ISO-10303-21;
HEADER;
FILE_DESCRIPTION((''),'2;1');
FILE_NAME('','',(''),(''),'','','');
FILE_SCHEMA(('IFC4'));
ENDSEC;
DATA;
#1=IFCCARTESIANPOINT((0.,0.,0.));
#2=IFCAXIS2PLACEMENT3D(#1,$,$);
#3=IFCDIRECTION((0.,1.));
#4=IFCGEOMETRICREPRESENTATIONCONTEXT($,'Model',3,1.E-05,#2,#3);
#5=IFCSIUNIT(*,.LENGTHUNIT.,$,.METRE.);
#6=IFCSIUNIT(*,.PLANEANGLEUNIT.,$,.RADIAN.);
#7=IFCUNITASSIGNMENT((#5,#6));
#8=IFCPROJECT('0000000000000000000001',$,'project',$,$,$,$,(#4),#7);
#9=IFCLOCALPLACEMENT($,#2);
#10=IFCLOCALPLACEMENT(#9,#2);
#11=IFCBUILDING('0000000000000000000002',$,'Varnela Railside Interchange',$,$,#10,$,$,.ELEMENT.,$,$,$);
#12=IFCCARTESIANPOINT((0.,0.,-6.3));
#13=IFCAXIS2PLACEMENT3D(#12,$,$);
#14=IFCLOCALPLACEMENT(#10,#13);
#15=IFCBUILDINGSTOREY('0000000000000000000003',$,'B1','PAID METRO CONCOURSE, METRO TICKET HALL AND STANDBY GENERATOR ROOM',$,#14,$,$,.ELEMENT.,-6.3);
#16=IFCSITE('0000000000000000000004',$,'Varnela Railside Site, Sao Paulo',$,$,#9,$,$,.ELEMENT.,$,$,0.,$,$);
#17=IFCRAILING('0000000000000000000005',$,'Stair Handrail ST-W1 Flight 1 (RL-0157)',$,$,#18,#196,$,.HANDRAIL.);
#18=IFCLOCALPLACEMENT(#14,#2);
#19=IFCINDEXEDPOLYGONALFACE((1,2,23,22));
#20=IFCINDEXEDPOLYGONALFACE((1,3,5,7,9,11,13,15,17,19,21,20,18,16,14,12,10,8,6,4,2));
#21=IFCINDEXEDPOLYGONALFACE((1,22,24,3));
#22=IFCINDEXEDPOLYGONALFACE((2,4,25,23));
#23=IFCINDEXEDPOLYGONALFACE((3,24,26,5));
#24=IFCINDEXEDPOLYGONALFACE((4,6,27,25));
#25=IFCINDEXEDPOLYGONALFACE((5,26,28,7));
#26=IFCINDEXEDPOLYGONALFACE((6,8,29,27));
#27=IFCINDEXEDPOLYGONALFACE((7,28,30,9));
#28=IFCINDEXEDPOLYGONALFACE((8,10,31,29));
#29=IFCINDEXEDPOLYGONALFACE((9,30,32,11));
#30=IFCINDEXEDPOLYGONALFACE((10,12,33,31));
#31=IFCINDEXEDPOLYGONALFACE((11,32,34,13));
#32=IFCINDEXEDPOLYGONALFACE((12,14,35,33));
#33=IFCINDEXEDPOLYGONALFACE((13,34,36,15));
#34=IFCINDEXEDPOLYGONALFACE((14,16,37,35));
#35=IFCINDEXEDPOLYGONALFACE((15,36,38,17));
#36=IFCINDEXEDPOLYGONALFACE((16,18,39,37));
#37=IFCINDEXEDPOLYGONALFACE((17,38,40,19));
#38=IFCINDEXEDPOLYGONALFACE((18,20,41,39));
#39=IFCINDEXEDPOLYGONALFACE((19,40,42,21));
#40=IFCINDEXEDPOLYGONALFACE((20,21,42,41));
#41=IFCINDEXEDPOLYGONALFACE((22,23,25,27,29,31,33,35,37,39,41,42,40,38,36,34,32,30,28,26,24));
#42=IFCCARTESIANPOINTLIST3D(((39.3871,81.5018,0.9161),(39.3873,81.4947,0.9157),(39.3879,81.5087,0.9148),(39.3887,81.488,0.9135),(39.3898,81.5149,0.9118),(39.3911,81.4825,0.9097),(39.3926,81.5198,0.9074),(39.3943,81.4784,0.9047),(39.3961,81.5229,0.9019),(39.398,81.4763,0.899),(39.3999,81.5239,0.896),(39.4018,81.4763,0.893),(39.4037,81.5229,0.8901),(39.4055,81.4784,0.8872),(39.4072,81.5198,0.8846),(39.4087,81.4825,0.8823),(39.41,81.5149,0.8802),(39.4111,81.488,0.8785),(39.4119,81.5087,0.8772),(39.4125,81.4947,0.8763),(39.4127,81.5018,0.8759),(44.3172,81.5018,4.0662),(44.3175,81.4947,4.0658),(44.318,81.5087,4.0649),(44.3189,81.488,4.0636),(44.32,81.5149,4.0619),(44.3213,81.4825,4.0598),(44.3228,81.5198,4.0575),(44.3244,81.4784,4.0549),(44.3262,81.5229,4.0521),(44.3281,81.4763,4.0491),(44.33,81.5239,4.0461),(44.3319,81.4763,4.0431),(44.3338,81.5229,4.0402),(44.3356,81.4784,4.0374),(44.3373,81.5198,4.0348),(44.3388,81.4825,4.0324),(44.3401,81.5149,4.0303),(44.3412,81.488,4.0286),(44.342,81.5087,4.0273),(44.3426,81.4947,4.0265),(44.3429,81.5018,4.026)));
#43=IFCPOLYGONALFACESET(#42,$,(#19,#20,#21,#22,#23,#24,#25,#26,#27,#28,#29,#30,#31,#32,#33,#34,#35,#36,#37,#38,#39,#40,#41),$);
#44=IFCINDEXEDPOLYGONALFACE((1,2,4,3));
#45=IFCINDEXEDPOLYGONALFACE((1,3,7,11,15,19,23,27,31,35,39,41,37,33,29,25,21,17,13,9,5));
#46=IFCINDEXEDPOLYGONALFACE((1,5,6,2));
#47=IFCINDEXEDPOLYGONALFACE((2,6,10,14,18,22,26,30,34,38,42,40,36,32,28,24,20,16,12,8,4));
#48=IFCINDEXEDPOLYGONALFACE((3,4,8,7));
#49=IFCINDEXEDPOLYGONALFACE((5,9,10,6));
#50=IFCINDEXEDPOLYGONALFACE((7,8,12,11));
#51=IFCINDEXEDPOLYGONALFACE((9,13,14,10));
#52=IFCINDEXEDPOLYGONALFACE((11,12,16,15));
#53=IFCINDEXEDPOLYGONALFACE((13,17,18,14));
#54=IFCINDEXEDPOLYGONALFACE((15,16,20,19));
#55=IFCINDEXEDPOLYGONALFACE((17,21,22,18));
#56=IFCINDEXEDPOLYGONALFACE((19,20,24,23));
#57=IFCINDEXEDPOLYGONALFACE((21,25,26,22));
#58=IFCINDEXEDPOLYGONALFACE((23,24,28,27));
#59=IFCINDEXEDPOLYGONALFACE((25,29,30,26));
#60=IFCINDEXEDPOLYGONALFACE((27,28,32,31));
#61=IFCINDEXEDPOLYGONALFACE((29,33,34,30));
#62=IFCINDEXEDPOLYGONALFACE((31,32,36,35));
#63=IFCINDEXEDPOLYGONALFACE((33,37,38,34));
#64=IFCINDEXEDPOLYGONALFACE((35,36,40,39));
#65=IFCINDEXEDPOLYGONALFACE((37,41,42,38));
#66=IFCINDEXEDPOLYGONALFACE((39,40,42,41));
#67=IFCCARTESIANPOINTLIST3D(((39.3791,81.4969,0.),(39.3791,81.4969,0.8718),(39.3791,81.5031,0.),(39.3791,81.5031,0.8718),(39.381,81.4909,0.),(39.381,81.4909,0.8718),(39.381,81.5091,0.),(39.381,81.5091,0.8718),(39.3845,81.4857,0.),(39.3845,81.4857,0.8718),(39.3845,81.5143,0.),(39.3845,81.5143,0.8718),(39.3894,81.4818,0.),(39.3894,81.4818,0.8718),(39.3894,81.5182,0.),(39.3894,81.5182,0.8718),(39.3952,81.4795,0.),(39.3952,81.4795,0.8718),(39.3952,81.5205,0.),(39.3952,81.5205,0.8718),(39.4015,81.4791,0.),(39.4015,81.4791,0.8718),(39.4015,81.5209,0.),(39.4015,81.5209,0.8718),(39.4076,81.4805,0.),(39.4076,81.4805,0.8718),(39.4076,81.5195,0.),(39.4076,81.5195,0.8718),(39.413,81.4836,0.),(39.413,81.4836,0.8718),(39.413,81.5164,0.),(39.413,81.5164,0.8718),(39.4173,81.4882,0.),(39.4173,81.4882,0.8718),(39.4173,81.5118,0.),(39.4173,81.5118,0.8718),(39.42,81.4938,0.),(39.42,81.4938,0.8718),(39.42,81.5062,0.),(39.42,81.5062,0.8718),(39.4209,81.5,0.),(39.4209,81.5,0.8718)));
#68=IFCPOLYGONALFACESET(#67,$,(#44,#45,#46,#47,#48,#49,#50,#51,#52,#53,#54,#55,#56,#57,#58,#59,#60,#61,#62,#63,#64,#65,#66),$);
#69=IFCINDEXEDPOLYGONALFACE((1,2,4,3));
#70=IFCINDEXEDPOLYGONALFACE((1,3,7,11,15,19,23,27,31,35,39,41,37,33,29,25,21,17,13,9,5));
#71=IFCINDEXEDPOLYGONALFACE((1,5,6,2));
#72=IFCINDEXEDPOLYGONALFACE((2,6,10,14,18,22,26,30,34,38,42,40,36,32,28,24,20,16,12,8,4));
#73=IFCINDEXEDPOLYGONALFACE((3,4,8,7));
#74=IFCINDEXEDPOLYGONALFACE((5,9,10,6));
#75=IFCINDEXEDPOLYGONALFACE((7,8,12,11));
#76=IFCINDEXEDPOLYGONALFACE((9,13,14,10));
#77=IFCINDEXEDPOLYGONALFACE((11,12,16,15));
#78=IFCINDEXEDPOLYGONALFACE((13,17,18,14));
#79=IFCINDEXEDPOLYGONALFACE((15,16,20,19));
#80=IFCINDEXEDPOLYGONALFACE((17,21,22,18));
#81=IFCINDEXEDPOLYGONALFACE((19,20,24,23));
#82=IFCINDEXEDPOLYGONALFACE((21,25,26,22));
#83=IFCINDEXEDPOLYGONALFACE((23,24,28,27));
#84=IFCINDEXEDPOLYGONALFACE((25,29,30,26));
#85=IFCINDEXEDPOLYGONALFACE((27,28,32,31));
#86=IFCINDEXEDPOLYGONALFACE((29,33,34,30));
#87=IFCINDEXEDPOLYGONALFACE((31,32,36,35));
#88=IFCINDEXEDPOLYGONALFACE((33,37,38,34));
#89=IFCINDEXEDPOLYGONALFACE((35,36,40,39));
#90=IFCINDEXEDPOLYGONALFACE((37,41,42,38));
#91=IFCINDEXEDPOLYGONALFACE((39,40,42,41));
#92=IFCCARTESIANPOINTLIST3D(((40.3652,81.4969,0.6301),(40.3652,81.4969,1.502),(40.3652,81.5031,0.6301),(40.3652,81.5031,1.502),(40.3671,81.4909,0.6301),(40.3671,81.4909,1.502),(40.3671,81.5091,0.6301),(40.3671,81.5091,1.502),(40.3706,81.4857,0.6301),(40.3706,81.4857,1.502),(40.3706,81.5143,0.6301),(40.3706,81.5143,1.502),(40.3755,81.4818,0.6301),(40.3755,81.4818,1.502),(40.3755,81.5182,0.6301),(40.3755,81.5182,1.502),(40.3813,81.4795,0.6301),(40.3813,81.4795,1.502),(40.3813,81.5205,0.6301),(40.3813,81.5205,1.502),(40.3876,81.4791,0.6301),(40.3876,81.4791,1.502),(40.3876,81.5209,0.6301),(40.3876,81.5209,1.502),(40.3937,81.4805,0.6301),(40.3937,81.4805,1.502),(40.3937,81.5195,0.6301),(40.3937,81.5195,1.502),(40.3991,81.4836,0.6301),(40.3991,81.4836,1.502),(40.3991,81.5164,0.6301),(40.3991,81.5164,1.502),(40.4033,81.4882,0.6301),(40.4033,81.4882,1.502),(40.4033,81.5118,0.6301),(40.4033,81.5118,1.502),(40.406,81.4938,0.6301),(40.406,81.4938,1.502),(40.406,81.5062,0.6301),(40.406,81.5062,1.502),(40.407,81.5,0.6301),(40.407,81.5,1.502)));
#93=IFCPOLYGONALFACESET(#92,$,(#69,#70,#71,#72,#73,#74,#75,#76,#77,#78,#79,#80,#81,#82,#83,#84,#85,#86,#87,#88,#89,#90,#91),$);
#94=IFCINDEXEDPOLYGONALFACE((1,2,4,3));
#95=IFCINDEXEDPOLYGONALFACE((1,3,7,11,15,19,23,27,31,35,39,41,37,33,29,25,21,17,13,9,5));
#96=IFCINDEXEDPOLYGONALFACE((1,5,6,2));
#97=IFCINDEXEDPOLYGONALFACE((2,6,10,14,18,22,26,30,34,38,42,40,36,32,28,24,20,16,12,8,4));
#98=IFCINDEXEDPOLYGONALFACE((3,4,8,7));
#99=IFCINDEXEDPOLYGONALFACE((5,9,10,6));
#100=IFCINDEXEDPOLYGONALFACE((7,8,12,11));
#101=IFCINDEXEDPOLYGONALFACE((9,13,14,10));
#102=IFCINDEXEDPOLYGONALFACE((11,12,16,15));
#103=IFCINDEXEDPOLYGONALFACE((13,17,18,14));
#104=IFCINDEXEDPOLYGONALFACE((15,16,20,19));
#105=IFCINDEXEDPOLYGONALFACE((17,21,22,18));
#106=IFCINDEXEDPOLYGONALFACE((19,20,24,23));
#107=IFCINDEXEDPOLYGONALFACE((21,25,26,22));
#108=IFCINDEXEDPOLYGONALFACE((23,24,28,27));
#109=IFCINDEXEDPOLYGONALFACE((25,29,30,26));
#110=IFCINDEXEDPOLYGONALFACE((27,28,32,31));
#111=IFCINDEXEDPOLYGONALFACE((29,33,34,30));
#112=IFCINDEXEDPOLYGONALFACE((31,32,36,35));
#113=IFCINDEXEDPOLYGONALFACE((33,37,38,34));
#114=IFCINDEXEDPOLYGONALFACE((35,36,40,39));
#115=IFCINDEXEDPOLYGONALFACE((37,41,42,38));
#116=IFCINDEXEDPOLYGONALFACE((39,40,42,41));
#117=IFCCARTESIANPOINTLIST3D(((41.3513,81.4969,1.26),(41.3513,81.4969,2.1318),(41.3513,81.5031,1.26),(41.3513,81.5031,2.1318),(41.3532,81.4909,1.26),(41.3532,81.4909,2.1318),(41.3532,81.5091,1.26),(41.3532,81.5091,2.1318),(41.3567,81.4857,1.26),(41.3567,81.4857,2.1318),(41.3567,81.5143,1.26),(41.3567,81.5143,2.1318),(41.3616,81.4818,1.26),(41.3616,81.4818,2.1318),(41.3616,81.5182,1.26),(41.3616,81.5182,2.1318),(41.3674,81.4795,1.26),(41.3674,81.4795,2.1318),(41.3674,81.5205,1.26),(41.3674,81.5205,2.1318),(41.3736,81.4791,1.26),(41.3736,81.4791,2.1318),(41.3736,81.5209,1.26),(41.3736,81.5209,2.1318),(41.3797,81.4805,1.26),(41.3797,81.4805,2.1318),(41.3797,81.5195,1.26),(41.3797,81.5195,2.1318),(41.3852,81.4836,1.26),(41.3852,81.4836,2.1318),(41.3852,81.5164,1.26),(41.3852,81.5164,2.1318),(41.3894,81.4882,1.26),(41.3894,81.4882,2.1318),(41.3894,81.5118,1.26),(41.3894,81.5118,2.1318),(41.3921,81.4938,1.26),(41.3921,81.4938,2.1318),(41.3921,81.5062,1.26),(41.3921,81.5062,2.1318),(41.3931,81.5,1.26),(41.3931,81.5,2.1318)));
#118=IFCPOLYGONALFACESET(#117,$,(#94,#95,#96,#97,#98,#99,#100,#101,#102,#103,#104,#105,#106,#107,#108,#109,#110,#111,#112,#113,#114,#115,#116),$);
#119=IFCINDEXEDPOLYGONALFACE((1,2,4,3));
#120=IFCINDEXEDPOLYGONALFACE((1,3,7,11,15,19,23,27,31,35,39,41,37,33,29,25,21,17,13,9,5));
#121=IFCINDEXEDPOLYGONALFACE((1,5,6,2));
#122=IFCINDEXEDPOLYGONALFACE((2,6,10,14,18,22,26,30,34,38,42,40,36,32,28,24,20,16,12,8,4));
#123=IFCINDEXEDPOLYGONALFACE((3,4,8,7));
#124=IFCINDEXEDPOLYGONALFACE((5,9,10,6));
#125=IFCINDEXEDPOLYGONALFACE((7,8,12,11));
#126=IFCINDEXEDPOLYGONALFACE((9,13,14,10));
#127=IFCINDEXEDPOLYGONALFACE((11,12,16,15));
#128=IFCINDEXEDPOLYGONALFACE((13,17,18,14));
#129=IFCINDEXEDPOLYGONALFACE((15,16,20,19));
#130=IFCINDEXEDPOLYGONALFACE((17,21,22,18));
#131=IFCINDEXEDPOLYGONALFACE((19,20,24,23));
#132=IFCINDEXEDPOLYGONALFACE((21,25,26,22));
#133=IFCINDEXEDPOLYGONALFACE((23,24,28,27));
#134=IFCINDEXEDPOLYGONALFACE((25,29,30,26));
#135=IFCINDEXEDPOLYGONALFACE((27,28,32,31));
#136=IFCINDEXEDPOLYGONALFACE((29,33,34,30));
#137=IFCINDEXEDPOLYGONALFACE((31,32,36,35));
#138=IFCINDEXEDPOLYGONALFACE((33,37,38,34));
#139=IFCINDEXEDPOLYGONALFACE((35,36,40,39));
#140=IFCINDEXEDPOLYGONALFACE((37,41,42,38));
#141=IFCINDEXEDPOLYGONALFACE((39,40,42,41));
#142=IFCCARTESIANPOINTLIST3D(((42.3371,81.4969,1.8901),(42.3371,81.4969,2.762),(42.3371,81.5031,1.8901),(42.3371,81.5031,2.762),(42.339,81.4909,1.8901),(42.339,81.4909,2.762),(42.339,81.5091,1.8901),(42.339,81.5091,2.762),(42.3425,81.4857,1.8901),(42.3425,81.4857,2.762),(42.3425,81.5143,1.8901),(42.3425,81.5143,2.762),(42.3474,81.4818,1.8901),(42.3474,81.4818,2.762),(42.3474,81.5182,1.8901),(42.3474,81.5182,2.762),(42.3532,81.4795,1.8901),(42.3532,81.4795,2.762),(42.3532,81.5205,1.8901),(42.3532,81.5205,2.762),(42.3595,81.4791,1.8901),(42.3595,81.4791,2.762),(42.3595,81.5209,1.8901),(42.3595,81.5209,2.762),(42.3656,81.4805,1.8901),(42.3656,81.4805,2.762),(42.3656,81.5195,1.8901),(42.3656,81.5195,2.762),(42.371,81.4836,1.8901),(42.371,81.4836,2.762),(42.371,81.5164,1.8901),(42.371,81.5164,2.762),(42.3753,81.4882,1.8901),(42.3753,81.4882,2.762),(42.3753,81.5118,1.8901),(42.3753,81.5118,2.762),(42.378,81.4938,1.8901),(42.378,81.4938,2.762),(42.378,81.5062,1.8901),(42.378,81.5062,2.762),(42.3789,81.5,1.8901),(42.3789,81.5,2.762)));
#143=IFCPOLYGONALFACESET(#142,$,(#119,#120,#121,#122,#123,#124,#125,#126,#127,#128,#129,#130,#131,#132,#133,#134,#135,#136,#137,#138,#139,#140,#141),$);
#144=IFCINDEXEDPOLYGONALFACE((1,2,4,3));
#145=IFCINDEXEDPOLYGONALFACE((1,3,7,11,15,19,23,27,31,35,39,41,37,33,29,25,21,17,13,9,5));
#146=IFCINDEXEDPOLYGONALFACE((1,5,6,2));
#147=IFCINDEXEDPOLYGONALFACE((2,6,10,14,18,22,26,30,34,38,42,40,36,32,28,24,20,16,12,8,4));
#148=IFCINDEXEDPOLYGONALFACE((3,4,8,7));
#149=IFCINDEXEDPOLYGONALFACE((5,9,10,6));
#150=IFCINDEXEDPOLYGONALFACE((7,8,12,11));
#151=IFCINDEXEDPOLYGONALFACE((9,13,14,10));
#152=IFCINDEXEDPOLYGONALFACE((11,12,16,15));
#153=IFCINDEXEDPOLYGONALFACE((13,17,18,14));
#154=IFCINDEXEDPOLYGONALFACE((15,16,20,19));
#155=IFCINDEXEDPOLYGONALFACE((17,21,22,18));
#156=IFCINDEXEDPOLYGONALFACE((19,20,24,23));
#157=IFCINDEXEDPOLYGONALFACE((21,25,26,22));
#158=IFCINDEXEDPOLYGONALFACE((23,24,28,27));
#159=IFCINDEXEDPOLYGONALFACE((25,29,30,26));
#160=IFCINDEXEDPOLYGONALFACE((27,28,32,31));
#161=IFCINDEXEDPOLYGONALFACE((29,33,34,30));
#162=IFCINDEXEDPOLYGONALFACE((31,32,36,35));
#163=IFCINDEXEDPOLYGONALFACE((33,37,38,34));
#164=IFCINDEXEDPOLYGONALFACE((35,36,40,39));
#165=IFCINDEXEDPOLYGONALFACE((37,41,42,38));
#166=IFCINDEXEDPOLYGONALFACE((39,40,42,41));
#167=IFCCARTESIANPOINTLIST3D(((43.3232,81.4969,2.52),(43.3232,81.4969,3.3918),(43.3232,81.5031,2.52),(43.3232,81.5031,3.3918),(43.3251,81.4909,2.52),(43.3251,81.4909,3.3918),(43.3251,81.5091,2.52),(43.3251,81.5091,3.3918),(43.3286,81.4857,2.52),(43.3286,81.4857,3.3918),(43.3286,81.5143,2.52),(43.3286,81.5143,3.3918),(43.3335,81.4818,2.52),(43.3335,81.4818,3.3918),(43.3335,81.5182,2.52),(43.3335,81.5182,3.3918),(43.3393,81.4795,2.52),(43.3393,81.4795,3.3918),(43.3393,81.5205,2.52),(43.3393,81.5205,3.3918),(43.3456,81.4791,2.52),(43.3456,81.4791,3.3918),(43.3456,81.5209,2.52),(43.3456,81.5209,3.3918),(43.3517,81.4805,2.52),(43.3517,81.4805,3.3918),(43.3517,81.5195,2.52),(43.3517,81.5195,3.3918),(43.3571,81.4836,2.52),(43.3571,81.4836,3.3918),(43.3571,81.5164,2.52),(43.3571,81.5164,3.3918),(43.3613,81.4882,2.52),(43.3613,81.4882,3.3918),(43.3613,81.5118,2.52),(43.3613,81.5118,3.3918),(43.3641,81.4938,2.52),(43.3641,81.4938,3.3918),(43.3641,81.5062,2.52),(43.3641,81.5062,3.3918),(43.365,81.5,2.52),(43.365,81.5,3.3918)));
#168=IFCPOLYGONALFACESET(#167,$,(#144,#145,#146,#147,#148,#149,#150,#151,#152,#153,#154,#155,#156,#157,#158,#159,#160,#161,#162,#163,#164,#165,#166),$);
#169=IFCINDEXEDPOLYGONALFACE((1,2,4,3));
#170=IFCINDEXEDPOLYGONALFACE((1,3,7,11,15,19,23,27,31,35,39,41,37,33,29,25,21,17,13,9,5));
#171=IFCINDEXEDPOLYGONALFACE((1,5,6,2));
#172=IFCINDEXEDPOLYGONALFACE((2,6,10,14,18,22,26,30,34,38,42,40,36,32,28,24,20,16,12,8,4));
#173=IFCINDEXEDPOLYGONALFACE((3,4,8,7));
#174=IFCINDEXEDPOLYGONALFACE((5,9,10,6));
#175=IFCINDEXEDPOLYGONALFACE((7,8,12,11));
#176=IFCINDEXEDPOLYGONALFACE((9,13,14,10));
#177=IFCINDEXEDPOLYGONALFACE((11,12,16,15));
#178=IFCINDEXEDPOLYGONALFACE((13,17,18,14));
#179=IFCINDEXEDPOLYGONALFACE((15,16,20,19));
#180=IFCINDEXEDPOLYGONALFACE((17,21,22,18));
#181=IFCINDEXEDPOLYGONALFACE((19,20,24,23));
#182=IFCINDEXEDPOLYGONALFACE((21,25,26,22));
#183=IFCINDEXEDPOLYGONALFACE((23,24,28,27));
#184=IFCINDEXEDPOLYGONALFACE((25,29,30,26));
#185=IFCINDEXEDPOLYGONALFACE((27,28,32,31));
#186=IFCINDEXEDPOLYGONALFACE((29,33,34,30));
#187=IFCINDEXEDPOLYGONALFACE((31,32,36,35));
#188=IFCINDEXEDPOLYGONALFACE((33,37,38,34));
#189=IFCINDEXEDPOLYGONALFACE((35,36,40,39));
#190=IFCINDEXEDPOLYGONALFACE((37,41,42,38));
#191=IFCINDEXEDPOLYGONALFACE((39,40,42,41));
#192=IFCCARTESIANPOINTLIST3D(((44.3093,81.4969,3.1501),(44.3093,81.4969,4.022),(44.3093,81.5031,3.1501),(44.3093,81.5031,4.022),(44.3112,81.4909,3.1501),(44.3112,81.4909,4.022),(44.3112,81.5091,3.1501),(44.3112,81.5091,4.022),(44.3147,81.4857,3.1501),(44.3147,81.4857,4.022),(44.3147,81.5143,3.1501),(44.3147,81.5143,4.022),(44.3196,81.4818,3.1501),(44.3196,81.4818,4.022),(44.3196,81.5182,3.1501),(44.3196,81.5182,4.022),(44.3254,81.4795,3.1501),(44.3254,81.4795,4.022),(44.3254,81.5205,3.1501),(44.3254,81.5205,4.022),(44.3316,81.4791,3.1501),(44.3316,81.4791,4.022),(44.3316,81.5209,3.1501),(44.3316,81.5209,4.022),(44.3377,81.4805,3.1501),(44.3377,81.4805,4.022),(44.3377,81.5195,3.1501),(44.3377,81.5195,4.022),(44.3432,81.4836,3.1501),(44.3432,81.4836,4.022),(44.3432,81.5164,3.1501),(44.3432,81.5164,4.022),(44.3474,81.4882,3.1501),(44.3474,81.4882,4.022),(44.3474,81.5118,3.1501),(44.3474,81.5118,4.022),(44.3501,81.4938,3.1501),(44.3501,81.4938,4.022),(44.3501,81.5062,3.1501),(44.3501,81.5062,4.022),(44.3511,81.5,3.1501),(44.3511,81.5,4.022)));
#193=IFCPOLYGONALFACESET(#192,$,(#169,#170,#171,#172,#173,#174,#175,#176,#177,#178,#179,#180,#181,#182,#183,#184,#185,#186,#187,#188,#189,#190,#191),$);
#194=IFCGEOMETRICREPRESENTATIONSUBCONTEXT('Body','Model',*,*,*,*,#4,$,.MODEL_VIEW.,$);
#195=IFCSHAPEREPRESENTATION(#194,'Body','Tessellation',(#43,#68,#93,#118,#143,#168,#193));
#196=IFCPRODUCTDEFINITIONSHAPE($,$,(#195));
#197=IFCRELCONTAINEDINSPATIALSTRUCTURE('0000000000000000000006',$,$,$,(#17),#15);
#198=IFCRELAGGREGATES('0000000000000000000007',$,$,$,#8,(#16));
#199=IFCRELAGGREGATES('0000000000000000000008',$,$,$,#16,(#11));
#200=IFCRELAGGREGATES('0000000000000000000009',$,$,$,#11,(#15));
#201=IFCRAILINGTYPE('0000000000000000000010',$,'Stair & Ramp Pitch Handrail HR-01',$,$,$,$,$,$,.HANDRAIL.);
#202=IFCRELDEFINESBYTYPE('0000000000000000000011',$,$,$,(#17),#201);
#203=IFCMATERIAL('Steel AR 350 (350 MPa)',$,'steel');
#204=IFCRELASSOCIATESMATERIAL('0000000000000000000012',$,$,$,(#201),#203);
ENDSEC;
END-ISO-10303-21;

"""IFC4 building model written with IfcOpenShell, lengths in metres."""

from ifc_helpers import new_model, si_unit, direction, frame, origin, origin_2d, place, context, subcontext, project, spatial, circle, extrude, material, type_object, element, save


model = new_model("IFC4")

# Units and contexts
model_context = context("Model", 3, precision=1e-05, world=origin(), true_north=direction((0.0, 1.0)))
body_context = subcontext(model_context, "Body", "Model", "MODEL_VIEW")
ifc_project = project(units=[si_unit("LENGTHUNIT", "METRE"), si_unit("PLANEANGLEUNIT", "RADIAN")], contexts=[model_context])

# Site, building, storey
site_placement = place(None, origin())
site = spatial("IfcSite", under=ifc_project, at=site_placement, Name="Varnela Railside Site, Sao Paulo", CompositionType="ELEMENT", RefElevation=0.0)
building_placement = place(site_placement, origin())
building = spatial("IfcBuilding", under=site, at=building_placement, Name="Varnela Railside Interchange", CompositionType="ELEMENT")
storey_placement = place(building_placement, frame((0.0, 0.0, -6.3)))
storey = spatial("IfcBuildingStorey", under=building, at=storey_placement, Name="B1", Description="PAID METRO CONCOURSE, METRO TICKET HALL AND STANDBY GENERATOR ROOM", CompositionType="ELEMENT", Elevation=-6.3)

# Shared definitions
ifc_material_1 = material(Name="Steel AR 350 (350 MPa)", Category="steel")

# Railing
railing_type_1 = type_object("IfcRailingType", Name="Stair & Ramp Pitch Handrail HR-01", PredefinedType="HANDRAIL", material=ifc_material_1)
railing_1_placement = place(storey_placement, frame((39.3999, 81.5, 0.0)))
element("IfcRailing", 1, at=railing_1_placement, inside=storey, type_object=railing_type_1, Name="Stair Handrail ST-W1 Flight 1 (RL-0157)", PredefinedType="HANDRAIL", context=body_context, shape_type="SweptSolid", body=[
    extrude(circle(Radius=0.0239, at=origin_2d()), frame((0.0, 0.0, 0.896), z_axis=(0.842672, 0.0, 0.538427), x_axis=(0.0, 1.0, 0.0)), (0.0, 0.0, 1.0), 5.8506),
    extrude(circle(Radius=0.021, at=origin_2d()), origin(), (0.0, 0.0, 1.0), 0.8718),
    extrude(circle(Radius=0.021, at=origin_2d()), frame((0.9861, 0.0, 0.6301)), (0.0, 0.0, 1.0), 0.8718),
    extrude(circle(Radius=0.021, at=origin_2d()), frame((1.9722, 0.0, 1.26)), (0.0, 0.0, 1.0), 0.8718),
    extrude(circle(Radius=0.021, at=origin_2d()), frame((2.958, 0.0, 1.8901)), (0.0, 0.0, 1.0), 0.8718),
    extrude(circle(Radius=0.021, at=origin_2d()), frame((3.9441, 0.0, 2.52)), (0.0, 0.0, 1.0), 0.8718),
    extrude(circle(Radius=0.021, at=origin_2d()), frame((4.9302, 0.0, 3.1501)), (0.0, 0.0, 1.0), 0.8718),
])

save(model, "model.ifc")
